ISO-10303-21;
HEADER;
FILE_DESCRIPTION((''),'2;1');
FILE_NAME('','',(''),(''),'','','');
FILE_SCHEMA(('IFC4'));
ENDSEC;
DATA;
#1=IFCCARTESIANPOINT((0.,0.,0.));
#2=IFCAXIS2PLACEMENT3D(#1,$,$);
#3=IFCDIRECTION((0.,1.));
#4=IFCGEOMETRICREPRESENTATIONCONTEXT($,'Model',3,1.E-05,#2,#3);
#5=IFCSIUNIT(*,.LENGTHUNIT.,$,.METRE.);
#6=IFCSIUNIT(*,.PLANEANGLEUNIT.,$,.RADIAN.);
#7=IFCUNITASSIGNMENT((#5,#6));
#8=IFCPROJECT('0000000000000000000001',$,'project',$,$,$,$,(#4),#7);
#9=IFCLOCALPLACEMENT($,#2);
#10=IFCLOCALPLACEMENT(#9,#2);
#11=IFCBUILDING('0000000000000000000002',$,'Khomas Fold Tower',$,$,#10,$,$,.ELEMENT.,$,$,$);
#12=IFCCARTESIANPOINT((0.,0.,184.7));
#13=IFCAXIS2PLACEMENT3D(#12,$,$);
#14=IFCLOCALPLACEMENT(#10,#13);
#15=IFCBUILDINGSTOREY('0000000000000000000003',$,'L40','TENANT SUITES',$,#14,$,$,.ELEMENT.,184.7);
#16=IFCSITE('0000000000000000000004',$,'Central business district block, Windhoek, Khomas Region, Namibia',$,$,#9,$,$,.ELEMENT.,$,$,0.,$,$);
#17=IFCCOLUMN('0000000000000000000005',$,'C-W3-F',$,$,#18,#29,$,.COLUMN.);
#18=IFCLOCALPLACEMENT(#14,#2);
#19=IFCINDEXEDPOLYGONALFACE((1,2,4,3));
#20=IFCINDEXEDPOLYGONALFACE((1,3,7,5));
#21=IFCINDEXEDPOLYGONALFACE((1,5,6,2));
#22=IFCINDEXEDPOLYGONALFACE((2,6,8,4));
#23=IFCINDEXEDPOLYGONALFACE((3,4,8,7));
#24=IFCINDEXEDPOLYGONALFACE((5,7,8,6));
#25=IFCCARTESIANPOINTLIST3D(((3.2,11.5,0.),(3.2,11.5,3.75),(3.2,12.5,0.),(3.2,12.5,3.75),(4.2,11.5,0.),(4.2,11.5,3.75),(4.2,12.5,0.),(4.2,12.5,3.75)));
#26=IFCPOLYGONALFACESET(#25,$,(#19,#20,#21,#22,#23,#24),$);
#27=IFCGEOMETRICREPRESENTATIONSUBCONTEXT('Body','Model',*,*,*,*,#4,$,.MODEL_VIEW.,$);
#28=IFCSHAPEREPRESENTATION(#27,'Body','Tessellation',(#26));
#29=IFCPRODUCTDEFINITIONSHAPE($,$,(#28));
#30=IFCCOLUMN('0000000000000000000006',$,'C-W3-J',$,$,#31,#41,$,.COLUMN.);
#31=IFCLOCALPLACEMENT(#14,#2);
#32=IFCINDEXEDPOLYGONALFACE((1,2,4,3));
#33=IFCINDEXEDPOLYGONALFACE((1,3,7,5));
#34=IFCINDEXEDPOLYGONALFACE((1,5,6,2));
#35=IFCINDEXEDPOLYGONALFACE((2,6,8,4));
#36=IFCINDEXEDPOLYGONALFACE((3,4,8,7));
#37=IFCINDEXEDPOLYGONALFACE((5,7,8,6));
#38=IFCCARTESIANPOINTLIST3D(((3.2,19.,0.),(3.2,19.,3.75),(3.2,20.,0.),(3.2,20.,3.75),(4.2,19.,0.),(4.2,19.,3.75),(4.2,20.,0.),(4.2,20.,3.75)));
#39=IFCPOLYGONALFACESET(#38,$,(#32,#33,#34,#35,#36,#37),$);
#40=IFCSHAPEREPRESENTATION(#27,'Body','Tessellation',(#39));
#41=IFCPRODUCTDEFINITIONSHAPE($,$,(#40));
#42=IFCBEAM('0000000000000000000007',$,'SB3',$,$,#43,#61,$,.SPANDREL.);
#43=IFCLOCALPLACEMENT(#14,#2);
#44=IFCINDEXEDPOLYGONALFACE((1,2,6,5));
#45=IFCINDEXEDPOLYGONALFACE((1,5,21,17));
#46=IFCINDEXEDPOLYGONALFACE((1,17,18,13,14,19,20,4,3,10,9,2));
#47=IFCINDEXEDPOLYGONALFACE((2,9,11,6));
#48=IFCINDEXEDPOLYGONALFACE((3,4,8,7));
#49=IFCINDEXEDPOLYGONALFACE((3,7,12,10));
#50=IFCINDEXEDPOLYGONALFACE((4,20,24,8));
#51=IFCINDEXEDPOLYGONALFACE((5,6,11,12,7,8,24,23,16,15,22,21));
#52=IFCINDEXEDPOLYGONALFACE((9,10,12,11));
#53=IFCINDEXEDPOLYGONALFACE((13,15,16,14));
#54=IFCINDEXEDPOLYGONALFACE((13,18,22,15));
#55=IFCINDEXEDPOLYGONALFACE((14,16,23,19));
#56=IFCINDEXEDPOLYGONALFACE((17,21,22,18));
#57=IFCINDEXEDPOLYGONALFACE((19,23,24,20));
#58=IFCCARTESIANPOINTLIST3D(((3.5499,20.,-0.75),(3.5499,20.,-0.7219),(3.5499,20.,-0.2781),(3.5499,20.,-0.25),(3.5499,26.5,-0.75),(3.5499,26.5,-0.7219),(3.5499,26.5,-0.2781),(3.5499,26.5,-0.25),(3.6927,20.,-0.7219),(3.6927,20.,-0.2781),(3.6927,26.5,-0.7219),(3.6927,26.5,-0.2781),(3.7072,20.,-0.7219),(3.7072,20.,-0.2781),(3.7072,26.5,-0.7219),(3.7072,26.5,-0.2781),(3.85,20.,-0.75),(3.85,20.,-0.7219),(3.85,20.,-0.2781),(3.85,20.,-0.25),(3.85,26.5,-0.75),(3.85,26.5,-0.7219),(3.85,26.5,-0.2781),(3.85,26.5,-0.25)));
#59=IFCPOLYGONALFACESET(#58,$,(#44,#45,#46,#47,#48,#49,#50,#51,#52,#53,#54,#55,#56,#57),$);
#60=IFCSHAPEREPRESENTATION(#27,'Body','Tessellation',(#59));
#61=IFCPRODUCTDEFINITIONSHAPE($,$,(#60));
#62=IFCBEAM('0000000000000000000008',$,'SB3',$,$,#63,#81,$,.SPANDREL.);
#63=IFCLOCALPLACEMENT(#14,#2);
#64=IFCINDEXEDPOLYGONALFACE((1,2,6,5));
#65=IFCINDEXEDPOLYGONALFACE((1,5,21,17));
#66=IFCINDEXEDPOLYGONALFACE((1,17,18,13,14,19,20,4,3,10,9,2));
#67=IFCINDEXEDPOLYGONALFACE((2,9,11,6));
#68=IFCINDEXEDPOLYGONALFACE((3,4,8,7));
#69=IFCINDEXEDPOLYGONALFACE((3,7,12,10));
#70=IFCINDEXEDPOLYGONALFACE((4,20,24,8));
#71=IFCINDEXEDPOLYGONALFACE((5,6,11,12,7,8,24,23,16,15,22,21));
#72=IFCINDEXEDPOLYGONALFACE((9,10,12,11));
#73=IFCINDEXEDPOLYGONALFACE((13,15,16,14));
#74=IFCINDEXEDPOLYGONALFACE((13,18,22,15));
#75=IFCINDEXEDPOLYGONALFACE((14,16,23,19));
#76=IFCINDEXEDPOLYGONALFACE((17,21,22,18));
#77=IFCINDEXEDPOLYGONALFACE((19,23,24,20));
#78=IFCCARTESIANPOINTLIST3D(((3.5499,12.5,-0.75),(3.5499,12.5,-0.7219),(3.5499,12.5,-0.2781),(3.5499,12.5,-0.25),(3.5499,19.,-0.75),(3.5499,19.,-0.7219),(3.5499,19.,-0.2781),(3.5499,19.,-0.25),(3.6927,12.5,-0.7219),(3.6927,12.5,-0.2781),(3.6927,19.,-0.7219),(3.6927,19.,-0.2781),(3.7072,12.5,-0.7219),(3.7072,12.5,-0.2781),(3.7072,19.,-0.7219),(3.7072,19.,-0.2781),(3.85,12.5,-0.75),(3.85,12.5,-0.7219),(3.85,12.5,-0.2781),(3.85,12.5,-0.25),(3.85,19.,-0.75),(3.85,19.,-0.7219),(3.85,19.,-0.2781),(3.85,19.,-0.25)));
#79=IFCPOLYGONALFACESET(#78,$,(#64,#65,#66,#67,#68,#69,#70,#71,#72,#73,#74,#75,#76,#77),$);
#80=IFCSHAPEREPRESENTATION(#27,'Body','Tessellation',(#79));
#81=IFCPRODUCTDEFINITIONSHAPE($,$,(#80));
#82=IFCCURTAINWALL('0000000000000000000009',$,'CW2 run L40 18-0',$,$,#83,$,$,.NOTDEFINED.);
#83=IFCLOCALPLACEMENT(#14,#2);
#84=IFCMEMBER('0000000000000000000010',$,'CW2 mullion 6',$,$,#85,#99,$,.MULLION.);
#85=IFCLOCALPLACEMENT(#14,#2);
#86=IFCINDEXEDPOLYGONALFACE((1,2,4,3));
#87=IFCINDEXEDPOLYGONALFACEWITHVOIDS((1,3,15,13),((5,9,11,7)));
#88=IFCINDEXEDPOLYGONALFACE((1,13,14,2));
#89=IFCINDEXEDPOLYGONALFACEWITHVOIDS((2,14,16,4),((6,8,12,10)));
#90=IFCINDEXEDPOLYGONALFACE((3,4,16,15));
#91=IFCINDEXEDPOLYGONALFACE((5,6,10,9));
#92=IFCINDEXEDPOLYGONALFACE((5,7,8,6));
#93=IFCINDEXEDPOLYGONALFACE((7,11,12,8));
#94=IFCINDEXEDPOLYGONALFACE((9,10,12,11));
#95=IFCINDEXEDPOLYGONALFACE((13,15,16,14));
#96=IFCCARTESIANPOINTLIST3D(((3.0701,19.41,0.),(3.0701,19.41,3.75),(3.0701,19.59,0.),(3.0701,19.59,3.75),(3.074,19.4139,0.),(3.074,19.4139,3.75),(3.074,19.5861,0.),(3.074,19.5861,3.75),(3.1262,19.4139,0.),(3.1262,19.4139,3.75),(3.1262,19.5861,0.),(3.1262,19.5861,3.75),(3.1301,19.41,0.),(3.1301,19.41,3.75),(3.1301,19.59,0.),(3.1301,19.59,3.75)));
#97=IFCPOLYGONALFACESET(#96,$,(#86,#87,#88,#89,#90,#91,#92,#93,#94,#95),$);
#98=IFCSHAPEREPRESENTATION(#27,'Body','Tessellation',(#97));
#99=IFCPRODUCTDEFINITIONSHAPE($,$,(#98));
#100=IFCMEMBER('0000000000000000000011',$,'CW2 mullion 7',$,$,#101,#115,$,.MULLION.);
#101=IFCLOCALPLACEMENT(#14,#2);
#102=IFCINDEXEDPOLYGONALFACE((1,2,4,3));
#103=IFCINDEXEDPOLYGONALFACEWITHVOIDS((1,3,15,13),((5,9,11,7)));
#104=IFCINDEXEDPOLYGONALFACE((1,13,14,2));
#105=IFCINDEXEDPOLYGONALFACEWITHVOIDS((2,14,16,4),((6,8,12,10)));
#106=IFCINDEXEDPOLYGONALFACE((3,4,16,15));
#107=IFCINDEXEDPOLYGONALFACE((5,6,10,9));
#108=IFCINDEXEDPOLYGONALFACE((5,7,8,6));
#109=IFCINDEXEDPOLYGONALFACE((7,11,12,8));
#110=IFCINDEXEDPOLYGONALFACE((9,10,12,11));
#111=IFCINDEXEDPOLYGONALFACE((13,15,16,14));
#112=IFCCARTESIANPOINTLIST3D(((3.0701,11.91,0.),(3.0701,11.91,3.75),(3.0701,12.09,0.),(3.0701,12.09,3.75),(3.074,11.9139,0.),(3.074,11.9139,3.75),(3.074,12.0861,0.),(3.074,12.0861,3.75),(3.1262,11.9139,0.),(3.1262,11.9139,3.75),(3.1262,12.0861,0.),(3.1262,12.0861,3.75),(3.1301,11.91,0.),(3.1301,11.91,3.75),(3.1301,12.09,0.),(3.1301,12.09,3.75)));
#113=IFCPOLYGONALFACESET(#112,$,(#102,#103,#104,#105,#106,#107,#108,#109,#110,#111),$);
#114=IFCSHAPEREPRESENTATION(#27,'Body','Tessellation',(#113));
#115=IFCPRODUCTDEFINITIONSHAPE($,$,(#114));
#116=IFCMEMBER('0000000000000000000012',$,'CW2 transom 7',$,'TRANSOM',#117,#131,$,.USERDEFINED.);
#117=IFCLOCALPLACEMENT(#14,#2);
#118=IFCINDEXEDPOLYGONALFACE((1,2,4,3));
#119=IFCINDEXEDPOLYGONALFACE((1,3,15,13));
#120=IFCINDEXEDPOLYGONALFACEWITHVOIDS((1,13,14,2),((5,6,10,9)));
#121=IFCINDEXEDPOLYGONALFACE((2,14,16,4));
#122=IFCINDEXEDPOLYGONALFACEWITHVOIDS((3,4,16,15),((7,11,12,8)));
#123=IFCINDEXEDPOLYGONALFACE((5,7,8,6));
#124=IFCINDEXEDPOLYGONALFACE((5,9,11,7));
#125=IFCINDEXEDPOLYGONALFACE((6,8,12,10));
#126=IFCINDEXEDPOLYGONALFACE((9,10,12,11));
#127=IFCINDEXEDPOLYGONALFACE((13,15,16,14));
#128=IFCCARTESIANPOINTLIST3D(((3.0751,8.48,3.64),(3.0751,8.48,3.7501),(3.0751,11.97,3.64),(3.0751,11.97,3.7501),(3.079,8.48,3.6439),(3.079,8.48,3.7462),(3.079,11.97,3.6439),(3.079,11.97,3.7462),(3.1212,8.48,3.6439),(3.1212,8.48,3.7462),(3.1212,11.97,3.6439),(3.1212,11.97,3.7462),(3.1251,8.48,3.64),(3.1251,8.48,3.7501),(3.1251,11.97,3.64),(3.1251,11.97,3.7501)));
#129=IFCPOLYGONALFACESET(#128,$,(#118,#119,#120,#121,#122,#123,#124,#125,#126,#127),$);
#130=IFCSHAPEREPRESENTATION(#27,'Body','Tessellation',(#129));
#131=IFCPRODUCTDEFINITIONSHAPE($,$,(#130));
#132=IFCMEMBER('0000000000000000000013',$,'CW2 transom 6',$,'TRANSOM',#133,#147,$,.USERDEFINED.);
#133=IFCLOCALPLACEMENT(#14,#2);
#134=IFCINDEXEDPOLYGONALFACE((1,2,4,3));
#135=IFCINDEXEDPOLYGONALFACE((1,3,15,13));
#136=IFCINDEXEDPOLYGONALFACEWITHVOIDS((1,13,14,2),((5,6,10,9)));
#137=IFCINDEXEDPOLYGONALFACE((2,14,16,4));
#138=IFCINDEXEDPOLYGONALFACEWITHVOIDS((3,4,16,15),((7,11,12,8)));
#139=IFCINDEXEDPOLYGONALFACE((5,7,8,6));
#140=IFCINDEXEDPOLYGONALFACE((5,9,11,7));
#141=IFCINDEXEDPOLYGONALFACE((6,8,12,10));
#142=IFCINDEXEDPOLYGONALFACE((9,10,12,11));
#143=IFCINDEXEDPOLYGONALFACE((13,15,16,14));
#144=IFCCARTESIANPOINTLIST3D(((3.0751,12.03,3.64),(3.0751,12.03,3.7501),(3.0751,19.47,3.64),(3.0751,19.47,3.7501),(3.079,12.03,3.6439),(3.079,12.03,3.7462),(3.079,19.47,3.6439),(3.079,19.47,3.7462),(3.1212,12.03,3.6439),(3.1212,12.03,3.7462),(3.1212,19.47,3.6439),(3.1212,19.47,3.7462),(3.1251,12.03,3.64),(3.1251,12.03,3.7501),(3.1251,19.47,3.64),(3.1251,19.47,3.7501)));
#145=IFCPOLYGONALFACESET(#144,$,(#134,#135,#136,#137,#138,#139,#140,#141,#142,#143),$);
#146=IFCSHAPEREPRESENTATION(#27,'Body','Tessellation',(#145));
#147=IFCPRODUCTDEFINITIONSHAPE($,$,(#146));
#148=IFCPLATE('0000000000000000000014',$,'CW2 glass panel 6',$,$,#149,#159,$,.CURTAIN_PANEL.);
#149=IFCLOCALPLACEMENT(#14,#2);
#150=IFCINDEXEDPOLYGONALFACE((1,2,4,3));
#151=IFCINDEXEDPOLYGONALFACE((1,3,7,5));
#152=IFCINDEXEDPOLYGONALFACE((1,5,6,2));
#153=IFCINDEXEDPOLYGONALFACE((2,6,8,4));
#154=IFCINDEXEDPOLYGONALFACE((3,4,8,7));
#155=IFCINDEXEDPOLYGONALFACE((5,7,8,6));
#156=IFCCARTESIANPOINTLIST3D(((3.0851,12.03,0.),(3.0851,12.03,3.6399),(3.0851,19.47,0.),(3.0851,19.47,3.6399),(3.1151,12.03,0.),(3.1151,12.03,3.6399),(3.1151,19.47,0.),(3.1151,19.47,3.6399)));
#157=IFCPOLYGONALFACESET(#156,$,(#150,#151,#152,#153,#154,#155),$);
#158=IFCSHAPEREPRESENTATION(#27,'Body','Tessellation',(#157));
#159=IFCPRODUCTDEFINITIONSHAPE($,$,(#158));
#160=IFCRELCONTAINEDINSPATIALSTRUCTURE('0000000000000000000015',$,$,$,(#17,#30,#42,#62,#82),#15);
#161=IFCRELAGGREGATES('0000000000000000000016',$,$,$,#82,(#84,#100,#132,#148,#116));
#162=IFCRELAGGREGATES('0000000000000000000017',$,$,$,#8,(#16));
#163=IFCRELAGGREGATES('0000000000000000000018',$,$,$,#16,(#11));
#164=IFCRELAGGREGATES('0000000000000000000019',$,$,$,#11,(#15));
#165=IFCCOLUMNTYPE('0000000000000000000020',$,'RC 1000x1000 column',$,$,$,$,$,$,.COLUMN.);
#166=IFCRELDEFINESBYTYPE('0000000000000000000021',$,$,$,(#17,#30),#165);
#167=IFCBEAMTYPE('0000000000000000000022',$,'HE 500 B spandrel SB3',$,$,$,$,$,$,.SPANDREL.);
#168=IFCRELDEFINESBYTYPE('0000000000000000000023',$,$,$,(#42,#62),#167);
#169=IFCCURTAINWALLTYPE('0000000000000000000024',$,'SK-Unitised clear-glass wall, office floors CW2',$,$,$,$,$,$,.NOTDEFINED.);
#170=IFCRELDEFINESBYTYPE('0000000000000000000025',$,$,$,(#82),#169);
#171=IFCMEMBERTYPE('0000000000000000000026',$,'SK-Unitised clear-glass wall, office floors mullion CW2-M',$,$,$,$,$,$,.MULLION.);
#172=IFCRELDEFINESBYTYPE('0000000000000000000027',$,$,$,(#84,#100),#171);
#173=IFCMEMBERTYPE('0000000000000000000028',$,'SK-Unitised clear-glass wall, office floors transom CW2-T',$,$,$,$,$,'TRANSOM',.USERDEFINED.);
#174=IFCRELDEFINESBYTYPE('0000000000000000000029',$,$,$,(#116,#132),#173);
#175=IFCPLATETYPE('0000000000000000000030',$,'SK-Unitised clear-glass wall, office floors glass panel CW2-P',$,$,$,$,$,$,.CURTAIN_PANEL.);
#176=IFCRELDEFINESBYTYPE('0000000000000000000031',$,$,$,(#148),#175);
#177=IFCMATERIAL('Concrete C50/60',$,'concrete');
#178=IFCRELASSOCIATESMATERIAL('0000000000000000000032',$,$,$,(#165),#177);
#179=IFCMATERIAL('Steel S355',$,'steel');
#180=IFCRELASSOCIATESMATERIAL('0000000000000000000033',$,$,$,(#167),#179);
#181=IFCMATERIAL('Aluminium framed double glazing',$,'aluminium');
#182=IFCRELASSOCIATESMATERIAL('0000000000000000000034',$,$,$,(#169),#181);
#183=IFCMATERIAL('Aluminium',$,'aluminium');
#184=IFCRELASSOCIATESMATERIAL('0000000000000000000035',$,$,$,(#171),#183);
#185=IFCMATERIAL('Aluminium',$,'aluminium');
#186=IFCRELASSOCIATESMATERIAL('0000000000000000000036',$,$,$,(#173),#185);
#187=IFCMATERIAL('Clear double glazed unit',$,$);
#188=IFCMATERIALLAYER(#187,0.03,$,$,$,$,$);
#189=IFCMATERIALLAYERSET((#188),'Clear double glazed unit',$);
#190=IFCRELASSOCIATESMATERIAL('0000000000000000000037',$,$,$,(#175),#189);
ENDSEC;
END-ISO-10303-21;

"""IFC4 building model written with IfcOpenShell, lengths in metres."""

from ifc_helpers import new_model, si_unit, direction, frame, origin, origin_2d, place, context, subcontext, project, spatial, rectangle, hollow_rectangle, i_section, extrude, source, transform, mapped, material, layer, layer_set, material_profile, profile_set, type_object, element, aggregate, save


model = new_model("IFC4")

# Units and contexts
model_context = context("Model", 3, precision=1e-05, world=origin(), true_north=direction((0.0, 1.0)))
body_context = subcontext(model_context, "Body", "Model", "MODEL_VIEW")
ifc_project = project(units=[si_unit("LENGTHUNIT", "METRE"), si_unit("PLANEANGLEUNIT", "RADIAN")], contexts=[model_context])

# Site, building, storey
site_placement = place(None, origin())
site = spatial("IfcSite", under=ifc_project, at=site_placement, Name="Central business district block, Windhoek, Khomas Region, Namibia", CompositionType="ELEMENT", RefElevation=0.0)
building_placement = place(site_placement, origin())
building = spatial("IfcBuilding", under=site, at=building_placement, Name="Khomas Fold Tower", CompositionType="ELEMENT")
storey_placement = place(building_placement, frame((0.0, 0.0, 184.7)))
storey = spatial("IfcBuildingStorey", under=building, at=storey_placement, Name="L40", Description="TENANT SUITES", CompositionType="ELEMENT", Elevation=184.7)

# Columns
ifc_material_1 = material(Name="Concrete C50/60", Category="concrete")
ifc_material_profile_1 = material_profile(ifc_material_1, rectangle(XDim=1.0, YDim=1.0, at=origin_2d()), Name="RC 1000x1000")
ifc_profile_set_1 = profile_set([ifc_material_profile_1], Name="Concrete C50/60")
column_type = type_object("IfcColumnType", Name="RC 1000x1000 column", PredefinedType="COLUMN", material=ifc_profile_set_1)
shared_shape_1 = source(origin(), body_context, "Body", "SweptSolid", [
    extrude(rectangle(XDim=1.0, YDim=1.0, at=origin_2d()), origin(), (0.0, 0.0, 1.0), 3.75),
])
for number, where, z_axis, x_axis, name in (
    (1, (3.7, 12.0, 0.0), (0.0, 0.0, 1.0), (1.0, 0.0, 0.0), "C-W3-F"),
    (2, (3.7, 19.5, 0.0), (0.0, 0.0, 1.0), (1.0, 0.0, 0.0), "C-W3-J"),
):
    element("IfcColumn", number, at=place(storey_placement, frame(where, z_axis=z_axis, x_axis=x_axis)), inside=storey, type_object=column_type, Name=name, PredefinedType="COLUMN", context=body_context, shape_type="MappedRepresentation", body=[
        mapped(shared_shape_1, transform((0.0, 0.0, 0.0))),
    ])

# Beams
ifc_material_2 = material(Name="Steel S355", Category="steel")
ifc_material_profile_2 = material_profile(ifc_material_2, i_section(OverallWidth=0.3, OverallDepth=0.5, WebThickness=0.0144, FlangeThickness=0.0281, at=origin_2d()), Name="HE 500 B")
ifc_profile_set_2 = profile_set([ifc_material_profile_2], Name="Steel S355")
beam_type = type_object("IfcBeamType", Name="HE 500 B spandrel SB3", PredefinedType="SPANDREL", material=ifc_profile_set_2)
shared_shape_2 = source(origin(), body_context, "Body", "SweptSolid", [
    extrude(i_section(OverallWidth=0.3, OverallDepth=0.5, WebThickness=0.0144, FlangeThickness=0.0281, at=origin_2d()), origin(), (0.0, 0.0, 1.0), 6.5),
])
for number, where, z_axis, x_axis, name in (
    (3, (3.7, 20.0, -0.5), (0.0, 1.0, 0.0), (-1.0, 0.0, 0.0), "SB3"),
    (4, (3.7, 12.5, -0.5), (0.0, 1.0, 0.0), (-1.0, 0.0, 0.0), "SB3"),
):
    element("IfcBeam", number, at=place(storey_placement, frame(where, z_axis=z_axis, x_axis=x_axis)), inside=storey, type_object=beam_type, Name=name, PredefinedType="SPANDREL", context=body_context, shape_type="MappedRepresentation", body=[
        mapped(shared_shape_2, transform((0.0, 0.0, 0.0))),
    ])

# Curtain wall, members, plate
ifc_material_3 = material(Name="Aluminium framed double glazing", Category="aluminium")
curtain_wall_type = type_object("IfcCurtainWallType", Name="SK-Unitised clear-glass wall, office floors CW2", PredefinedType="NOTDEFINED", material=ifc_material_3)
curtain_wall_placement = place(storey_placement, origin())
curtain_wall = element("IfcCurtainWall", 5, at=curtain_wall_placement, inside=storey, type_object=curtain_wall_type, Name="CW2 run L40 18-0", PredefinedType="NOTDEFINED")
ifc_material_4 = material(Name="Aluminium", Category="aluminium")
ifc_material_profile_3 = material_profile(ifc_material_4, hollow_rectangle(XDim=0.0601, YDim=0.1799, WallThickness=0.0039, at=origin_2d()), Name="SK-Unitised clear-glass wall, office floors mullion CW2-M")
ifc_profile_set_3 = profile_set([ifc_material_profile_3], Name="Aluminium")
member_type_1 = type_object("IfcMemberType", Name="SK-Unitised clear-glass wall, office floors mullion CW2-M", PredefinedType="MULLION", material=ifc_profile_set_3)
shared_shape_3 = source(origin(), body_context, "Body", "SweptSolid", [
    extrude(hollow_rectangle(XDim=0.0601, YDim=0.1799, WallThickness=0.0039, at=origin_2d()), origin(), (0.0, 0.0, 1.0), 3.75),
])
member_1_placement = place(storey_placement, frame((3.1001, 19.5, 0.0), z_axis=(0.0, 0.0, 1.0), x_axis=(1.0, 0.0, 0.0)))
member_1 = element("IfcMember", 6, at=member_1_placement, type_object=member_type_1, Name="CW2 mullion 6", PredefinedType="MULLION", context=body_context, shape_type="MappedRepresentation", body=[
    mapped(shared_shape_3, transform((0.0, 0.0, 0.0))),
])
member_2_placement = place(storey_placement, frame((3.1001, 12.0, 0.0), z_axis=(0.0, 0.0, 1.0), x_axis=(1.0, 0.0, 0.0)))
member_2 = element("IfcMember", 7, at=member_2_placement, type_object=member_type_1, Name="CW2 mullion 7", PredefinedType="MULLION", context=body_context, shape_type="MappedRepresentation", body=[
    mapped(shared_shape_3, transform((0.0, 0.0, 0.0))),
])
ifc_material_5 = material(Name="Aluminium", Category="aluminium")
ifc_material_profile_4 = material_profile(ifc_material_5, hollow_rectangle(XDim=0.05, YDim=0.1101, WallThickness=0.0039, at=origin_2d()), Name="SK-Unitised clear-glass wall, office floors transom CW2-T")
ifc_profile_set_4 = profile_set([ifc_material_profile_4], Name="Aluminium")
member_type_2 = type_object("IfcMemberType", Name="SK-Unitised clear-glass wall, office floors transom CW2-T", ElementType="TRANSOM", PredefinedType="USERDEFINED", material=ifc_profile_set_4)
shared_shape_4 = source(origin(), body_context, "Body", "SweptSolid", [
    extrude(hollow_rectangle(XDim=0.05, YDim=0.1101, WallThickness=0.0039, at=origin_2d()), origin(), (0.0, 0.0, 1.0), 3.49),
])
member_3_placement = place(storey_placement, frame((3.1001, 11.97, 3.6951), z_axis=(0.0, -1.0, 0.0), x_axis=(1.0, 0.0, 0.0)))
member_3 = element("IfcMember", 8, at=member_3_placement, type_object=member_type_2, Name="CW2 transom 7", ObjectType="TRANSOM", PredefinedType="USERDEFINED", context=body_context, shape_type="MappedRepresentation", body=[
    mapped(shared_shape_4, transform((0.0, 0.0, 0.0))),
])
shared_shape_5 = source(origin(), body_context, "Body", "SweptSolid", [
    extrude(hollow_rectangle(XDim=0.05, YDim=0.1101, WallThickness=0.0039, at=origin_2d()), origin(), (0.0, 0.0, 1.0), 7.4399),
])
member_4_placement = place(storey_placement, frame((3.1001, 19.47, 3.6951), z_axis=(0.0, -1.0, 0.0), x_axis=(1.0, 0.0, 0.0)))
member_4 = element("IfcMember", 9, at=member_4_placement, type_object=member_type_2, Name="CW2 transom 6", ObjectType="TRANSOM", PredefinedType="USERDEFINED", context=body_context, shape_type="MappedRepresentation", body=[
    mapped(shared_shape_5, transform((0.0, 0.0, 0.0))),
])
ifc_material_6 = material(Name="Clear double glazed unit")
ifc_layer_1 = layer(ifc_material_6, 0.03)
ifc_layer_set_1 = layer_set([ifc_layer_1], Name="Clear double glazed unit")
plate_type = type_object("IfcPlateType", Name="SK-Unitised clear-glass wall, office floors glass panel CW2-P", PredefinedType="CURTAIN_PANEL", material=ifc_layer_set_1)
shared_shape_6 = source(origin(), body_context, "Body", "SweptSolid", [
    extrude(rectangle(XDim=7.4399, YDim=0.03, at=origin_2d()), origin(), (0.0, 0.0, 1.0), 3.6399),
])
plate_placement = place(storey_placement, frame((3.1001, 15.75, 0.0), z_axis=(0.0, 0.0, 1.0), x_axis=(0.0, -1.0, 0.0)))
plate = element("IfcPlate", 10, at=plate_placement, type_object=plate_type, Name="CW2 glass panel 6", PredefinedType="CURTAIN_PANEL", context=body_context, shape_type="MappedRepresentation", body=[
    mapped(shared_shape_6, transform((0.0, 0.0, 0.0))),
])
aggregate(curtain_wall, [member_1, member_2, member_4, plate, member_3])

save(model, "model.ifc")
